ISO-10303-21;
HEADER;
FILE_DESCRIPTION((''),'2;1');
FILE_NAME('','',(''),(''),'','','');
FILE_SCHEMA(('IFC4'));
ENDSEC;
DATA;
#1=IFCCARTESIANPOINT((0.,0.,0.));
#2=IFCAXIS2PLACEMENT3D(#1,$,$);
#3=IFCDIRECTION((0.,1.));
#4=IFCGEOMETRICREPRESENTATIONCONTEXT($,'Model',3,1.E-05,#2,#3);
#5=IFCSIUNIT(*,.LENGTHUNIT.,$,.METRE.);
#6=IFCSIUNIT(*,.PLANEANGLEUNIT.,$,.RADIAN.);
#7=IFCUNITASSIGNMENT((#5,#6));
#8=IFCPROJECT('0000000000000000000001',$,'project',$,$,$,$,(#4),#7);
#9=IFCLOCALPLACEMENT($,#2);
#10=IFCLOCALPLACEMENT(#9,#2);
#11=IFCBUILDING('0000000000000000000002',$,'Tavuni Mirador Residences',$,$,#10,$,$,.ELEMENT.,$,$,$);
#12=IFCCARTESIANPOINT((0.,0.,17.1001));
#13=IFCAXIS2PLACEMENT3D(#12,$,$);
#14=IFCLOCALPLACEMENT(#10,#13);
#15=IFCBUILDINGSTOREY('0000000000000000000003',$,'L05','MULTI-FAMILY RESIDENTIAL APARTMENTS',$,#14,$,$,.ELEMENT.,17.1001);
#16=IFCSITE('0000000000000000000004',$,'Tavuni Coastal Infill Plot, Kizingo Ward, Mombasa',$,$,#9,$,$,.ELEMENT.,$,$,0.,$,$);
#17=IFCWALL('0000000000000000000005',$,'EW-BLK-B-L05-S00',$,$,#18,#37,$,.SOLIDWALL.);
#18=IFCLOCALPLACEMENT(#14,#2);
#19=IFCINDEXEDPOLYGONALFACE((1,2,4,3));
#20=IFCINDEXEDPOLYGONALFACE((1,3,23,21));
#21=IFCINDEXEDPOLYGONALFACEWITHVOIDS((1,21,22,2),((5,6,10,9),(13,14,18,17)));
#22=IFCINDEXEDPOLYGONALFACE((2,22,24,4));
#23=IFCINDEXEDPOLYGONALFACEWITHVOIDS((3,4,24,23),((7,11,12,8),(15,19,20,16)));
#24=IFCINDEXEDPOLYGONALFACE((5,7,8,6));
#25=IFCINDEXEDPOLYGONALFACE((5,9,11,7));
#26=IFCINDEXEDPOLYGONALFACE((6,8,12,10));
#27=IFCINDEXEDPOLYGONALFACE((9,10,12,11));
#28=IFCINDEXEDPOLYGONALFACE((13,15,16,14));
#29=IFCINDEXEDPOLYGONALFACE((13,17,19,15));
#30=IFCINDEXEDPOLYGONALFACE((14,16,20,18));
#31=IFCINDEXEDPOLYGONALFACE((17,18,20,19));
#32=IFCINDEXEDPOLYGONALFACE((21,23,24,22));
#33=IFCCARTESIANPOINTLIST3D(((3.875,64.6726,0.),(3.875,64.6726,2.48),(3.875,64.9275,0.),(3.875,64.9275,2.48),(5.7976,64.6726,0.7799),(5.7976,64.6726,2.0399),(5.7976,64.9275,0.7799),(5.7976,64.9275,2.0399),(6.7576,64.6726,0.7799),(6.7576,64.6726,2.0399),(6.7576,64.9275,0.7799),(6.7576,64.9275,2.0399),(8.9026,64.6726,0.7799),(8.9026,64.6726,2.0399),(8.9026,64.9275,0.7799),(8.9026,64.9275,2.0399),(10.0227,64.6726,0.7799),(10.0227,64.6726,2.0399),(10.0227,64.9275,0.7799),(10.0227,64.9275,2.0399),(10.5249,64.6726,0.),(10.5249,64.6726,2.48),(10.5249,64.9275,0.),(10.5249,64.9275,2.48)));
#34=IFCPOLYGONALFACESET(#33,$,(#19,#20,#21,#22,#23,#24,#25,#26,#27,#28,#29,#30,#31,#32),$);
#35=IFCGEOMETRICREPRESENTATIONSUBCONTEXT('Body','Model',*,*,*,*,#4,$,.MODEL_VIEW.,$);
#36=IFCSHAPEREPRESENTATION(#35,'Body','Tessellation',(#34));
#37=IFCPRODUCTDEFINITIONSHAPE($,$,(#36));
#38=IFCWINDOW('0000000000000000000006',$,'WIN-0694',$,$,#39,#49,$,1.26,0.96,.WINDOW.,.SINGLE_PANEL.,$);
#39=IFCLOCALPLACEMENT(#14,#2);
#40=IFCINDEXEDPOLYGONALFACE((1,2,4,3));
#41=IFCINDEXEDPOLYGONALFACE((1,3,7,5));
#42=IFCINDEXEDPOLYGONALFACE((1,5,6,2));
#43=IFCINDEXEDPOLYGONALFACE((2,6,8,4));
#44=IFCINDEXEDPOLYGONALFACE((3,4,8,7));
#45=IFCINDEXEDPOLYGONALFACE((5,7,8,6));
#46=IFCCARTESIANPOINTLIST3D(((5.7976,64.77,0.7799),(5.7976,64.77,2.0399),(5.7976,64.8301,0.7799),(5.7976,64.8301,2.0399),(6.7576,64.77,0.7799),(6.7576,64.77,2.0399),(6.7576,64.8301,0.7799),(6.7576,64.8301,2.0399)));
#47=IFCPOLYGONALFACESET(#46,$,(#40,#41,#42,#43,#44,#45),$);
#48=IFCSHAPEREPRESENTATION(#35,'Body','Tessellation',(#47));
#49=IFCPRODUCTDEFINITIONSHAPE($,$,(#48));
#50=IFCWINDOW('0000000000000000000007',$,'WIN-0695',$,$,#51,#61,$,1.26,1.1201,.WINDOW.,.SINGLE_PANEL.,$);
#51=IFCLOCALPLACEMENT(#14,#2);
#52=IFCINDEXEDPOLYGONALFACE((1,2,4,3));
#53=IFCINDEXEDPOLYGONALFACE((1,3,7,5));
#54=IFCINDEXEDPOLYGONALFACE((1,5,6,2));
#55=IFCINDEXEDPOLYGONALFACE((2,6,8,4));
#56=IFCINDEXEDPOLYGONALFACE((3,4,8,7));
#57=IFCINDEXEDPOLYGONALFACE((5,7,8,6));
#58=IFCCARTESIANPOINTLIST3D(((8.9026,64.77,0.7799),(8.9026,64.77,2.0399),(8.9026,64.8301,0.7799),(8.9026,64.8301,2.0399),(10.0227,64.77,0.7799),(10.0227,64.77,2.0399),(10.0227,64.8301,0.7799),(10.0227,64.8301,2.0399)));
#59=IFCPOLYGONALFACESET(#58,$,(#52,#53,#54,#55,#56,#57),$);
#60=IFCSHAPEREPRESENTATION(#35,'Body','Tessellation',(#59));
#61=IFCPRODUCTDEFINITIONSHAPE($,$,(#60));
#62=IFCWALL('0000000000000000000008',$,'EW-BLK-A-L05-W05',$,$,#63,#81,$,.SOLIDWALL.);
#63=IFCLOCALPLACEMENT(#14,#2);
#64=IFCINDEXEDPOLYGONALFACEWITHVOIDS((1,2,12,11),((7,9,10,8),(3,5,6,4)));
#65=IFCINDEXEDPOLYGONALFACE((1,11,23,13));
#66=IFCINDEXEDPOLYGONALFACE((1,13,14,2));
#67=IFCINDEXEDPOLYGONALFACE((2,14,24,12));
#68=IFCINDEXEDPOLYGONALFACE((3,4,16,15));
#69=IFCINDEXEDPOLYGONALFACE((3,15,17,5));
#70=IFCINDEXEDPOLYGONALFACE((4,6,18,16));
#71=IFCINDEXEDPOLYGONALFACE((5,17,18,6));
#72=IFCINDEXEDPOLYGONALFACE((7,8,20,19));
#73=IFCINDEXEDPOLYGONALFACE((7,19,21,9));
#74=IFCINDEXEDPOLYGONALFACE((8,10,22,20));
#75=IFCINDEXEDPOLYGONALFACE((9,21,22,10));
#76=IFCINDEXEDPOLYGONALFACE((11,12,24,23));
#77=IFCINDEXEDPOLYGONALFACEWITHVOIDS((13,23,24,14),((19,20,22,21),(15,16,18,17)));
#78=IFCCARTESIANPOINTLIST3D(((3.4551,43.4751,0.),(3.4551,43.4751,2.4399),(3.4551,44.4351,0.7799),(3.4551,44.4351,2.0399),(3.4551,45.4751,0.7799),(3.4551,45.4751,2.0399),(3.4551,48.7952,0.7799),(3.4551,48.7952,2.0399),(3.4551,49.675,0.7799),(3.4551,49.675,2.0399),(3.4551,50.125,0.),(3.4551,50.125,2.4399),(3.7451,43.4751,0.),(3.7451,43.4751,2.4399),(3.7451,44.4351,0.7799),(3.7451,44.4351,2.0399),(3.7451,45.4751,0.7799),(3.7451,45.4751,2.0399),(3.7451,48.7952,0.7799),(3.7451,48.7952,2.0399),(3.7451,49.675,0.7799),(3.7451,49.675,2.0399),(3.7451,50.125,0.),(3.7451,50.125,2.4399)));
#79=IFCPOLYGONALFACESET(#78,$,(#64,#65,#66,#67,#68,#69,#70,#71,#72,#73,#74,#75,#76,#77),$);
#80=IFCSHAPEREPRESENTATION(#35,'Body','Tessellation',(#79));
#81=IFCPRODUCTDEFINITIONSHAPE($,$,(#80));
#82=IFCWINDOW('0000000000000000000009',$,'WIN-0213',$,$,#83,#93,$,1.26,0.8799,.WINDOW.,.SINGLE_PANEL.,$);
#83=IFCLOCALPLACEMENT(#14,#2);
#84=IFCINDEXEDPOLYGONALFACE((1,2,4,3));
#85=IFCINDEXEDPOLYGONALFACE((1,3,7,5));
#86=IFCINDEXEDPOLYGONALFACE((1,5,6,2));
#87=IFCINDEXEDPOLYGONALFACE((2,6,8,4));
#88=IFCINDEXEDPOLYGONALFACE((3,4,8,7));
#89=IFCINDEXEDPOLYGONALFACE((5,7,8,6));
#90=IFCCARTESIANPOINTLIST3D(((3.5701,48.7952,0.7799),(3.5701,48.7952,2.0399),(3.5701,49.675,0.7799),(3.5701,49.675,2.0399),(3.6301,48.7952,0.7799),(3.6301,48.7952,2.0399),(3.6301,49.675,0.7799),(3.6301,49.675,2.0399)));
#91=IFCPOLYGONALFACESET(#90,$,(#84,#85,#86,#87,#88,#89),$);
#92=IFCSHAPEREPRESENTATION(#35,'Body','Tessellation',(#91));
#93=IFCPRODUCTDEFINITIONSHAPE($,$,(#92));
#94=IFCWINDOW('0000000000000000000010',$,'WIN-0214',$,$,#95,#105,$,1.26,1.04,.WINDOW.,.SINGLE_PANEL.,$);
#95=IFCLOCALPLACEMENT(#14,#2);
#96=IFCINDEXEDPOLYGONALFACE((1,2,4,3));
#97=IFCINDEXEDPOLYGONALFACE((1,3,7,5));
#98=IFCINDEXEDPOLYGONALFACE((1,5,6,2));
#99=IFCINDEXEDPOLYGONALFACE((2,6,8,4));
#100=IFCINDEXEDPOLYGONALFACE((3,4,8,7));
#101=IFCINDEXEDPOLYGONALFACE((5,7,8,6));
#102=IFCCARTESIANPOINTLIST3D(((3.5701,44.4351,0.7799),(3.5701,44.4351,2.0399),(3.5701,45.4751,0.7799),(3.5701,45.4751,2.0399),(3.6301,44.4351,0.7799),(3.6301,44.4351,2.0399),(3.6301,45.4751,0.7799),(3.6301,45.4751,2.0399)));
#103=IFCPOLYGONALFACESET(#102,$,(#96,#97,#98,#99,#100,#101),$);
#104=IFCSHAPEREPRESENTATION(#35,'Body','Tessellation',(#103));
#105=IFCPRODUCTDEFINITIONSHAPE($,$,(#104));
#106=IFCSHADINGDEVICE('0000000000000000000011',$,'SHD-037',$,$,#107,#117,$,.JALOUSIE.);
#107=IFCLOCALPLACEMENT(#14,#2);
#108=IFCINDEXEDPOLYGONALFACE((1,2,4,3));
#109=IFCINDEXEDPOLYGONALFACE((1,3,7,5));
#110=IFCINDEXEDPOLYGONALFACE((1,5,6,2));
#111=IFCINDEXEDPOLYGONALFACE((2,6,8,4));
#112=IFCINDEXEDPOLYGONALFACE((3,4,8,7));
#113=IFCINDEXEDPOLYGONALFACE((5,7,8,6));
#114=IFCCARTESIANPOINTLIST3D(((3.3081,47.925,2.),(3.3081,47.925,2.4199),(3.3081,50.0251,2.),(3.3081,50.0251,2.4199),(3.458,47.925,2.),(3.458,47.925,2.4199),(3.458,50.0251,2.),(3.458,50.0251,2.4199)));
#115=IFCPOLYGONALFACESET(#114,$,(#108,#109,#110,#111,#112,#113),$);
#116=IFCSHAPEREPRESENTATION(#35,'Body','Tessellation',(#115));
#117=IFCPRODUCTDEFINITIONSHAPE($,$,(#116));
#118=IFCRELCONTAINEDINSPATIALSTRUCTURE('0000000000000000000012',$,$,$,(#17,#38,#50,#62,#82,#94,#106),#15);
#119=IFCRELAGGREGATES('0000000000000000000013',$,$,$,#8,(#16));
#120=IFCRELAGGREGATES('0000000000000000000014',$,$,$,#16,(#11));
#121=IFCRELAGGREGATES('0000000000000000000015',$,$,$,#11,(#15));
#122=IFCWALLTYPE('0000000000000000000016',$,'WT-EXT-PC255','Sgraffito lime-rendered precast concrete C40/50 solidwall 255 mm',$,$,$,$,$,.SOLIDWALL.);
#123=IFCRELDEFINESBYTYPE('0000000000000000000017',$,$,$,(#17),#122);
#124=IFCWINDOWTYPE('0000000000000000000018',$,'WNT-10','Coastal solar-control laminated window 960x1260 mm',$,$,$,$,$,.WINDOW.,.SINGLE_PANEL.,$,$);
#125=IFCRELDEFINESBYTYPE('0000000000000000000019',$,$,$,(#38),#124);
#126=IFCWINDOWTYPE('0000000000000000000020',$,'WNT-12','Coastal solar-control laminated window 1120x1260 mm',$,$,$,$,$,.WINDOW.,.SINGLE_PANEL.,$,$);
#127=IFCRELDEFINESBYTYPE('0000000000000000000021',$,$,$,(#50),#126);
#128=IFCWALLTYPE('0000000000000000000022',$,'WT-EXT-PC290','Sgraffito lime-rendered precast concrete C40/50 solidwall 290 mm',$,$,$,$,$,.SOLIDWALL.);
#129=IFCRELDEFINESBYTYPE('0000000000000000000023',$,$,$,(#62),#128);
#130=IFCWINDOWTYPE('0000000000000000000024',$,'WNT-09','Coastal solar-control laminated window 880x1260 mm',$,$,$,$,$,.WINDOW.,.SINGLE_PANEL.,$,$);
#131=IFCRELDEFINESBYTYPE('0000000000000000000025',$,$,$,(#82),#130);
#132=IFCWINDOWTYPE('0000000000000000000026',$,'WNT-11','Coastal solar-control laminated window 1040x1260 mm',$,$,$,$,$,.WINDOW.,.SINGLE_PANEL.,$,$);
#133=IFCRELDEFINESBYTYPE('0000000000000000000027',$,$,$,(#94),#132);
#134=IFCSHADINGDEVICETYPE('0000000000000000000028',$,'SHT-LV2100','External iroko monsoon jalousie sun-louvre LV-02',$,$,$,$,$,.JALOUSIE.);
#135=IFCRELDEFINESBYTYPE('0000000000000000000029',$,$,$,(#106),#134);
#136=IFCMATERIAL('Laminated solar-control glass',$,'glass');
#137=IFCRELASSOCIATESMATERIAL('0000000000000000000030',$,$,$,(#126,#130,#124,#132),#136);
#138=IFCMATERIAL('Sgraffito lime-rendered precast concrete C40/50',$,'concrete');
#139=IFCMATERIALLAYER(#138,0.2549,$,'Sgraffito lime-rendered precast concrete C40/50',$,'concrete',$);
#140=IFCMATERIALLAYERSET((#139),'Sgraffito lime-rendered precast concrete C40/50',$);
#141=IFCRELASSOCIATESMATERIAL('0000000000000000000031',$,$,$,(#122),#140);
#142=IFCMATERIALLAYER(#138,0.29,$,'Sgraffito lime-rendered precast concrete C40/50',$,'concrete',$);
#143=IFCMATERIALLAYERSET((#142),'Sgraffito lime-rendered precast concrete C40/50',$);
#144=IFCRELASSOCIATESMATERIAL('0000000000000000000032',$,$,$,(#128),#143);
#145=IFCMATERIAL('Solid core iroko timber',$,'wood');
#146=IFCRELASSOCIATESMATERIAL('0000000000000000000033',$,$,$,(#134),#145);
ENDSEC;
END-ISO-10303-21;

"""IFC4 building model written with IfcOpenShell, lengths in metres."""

from ifc_helpers import new_model, si_unit, direction, frame, frame_2d, origin, origin_2d, place, context, subcontext, project, spatial, rectangle, extrude, material, layer, layer_set, type_object, element, fill, save


model = new_model("IFC4")

# Units and contexts
model_context = context("Model", 3, precision=1e-05, world=origin(), true_north=direction((0.0, 1.0)))
body_context = subcontext(model_context, "Body", "Model", "MODEL_VIEW")
ifc_project = project(units=[si_unit("LENGTHUNIT", "METRE"), si_unit("PLANEANGLEUNIT", "RADIAN")], contexts=[model_context])

# Site, building, storey
site_placement = place(None, origin())
site = spatial("IfcSite", under=ifc_project, at=site_placement, Name="Tavuni Coastal Infill Plot, Kizingo Ward, Mombasa", CompositionType="ELEMENT", RefElevation=0.0)
building_placement = place(site_placement, origin())
building = spatial("IfcBuilding", under=site, at=building_placement, Name="Tavuni Mirador Residences", CompositionType="ELEMENT")
storey_placement = place(building_placement, frame((0.0, 0.0, 17.1001)))
storey = spatial("IfcBuildingStorey", under=building, at=storey_placement, Name="L05", Description="MULTI-FAMILY RESIDENTIAL APARTMENTS", CompositionType="ELEMENT", Elevation=17.1001)

# Walls, openings, windows
ifc_material_1 = material(Name="Sgraffito lime-rendered precast concrete C40/50", Category="concrete")
ifc_material_2 = material(Name="Laminated solar-control glass", Category="glass")
window_type_1 = type_object("IfcWindowType", Name="WNT-12", Description="Coastal solar-control laminated window 1120x1260 mm", PartitioningType="SINGLE_PANEL", PredefinedType="WINDOW", material=ifc_material_2)
ifc_layer_1 = layer(ifc_material_1, 0.2549, Name="Sgraffito lime-rendered precast concrete C40/50", Category="concrete")
ifc_layer_set_1 = layer_set([ifc_layer_1], Name="Sgraffito lime-rendered precast concrete C40/50")
wall_type_1 = type_object("IfcWallType", Name="WT-EXT-PC255", Description="Sgraffito lime-rendered precast concrete C40/50 solidwall 255 mm", PredefinedType="SOLIDWALL", material=ifc_layer_set_1)
window_type_2 = type_object("IfcWindowType", Name="WNT-09", Description="Coastal solar-control laminated window 880x1260 mm", PartitioningType="SINGLE_PANEL", PredefinedType="WINDOW", material=ifc_material_2)
wall_1_placement = place(storey_placement, frame((3.875, 64.8, 0.0), z_axis=(0.0, 0.0, 1.0), x_axis=(1.0, 0.0, 0.0)))
wall_1 = element("IfcWall", 1, at=wall_1_placement, inside=storey, type_object=wall_type_1, Name="EW-BLK-B-L05-S00", PredefinedType="SOLIDWALL", context=body_context, shape_type="SweptSolid", body=[
    extrude(rectangle(XDim=6.6499, YDim=0.2549, at=frame_2d((3.325, 0.0))), origin(), (0.0, 0.0, 1.0), 2.48),
])
opening_1_placement = place(wall_1_placement, frame((1.9226, 0.0, 0.78)))
opening_1 = element("IfcOpeningElement", 2, at=opening_1_placement, cuts=wall_1, PredefinedType="OPENING", context=body_context, shape_type="SweptSolid", body=[
    extrude(rectangle(XDim=0.96, YDim=1.26, at=frame_2d((0.48, 0.6299))), frame((0.0, 0.1375, 0.0), z_axis=(0.0, -1.0, 0.0), x_axis=(1.0, 0.0, 0.0)), (0.0, 0.0, 1.0), 0.2749),
])
opening_2_placement = place(wall_1_placement, frame((5.0276, 0.0, 0.78)))
opening_2 = element("IfcOpeningElement", 3, at=opening_2_placement, cuts=wall_1, PredefinedType="OPENING", context=body_context, shape_type="SweptSolid", body=[
    extrude(rectangle(XDim=1.1201, YDim=1.26, at=frame_2d((0.5601, 0.6299))), frame((0.0, 0.1375, 0.0), z_axis=(0.0, -1.0, 0.0), x_axis=(1.0, 0.0, 0.0)), (0.0, 0.0, 1.0), 0.2749),
])
window_type_3 = type_object("IfcWindowType", Name="WNT-10", Description="Coastal solar-control laminated window 960x1260 mm", PartitioningType="SINGLE_PANEL", PredefinedType="WINDOW", material=ifc_material_2)
window_1_placement = place(opening_1_placement, origin())
window_1 = element("IfcWindow", 4, at=window_1_placement, inside=storey, type_object=window_type_3, Name="WIN-0694", OverallHeight=1.26, OverallWidth=0.96, PartitioningType="SINGLE_PANEL", PredefinedType="WINDOW", context=body_context, shape_type="SweptSolid", body=[
    extrude(rectangle(XDim=0.96, YDim=1.26, at=frame_2d((0.48, 0.6299))), frame((0.0, 0.03, 0.0), z_axis=(0.0, -1.0, 0.0), x_axis=(1.0, 0.0, 0.0)), (0.0, 0.0, 1.0), 0.0601),
])
fill(opening_1, window_1)
window_2_placement = place(opening_2_placement, origin())
window_2 = element("IfcWindow", 5, at=window_2_placement, inside=storey, type_object=window_type_1, Name="WIN-0695", OverallHeight=1.26, OverallWidth=1.1201, PartitioningType="SINGLE_PANEL", PredefinedType="WINDOW", context=body_context, shape_type="SweptSolid", body=[
    extrude(rectangle(XDim=1.1201, YDim=1.26, at=frame_2d((0.5601, 0.6299))), frame((0.0, 0.03, 0.0), z_axis=(0.0, -1.0, 0.0), x_axis=(1.0, 0.0, 0.0)), (0.0, 0.0, 1.0), 0.0601),
])
fill(opening_2, window_2)
ifc_layer_2 = layer(ifc_material_1, 0.29, Name="Sgraffito lime-rendered precast concrete C40/50", Category="concrete")
ifc_layer_set_2 = layer_set([ifc_layer_2], Name="Sgraffito lime-rendered precast concrete C40/50")
wall_type_2 = type_object("IfcWallType", Name="WT-EXT-PC290", Description="Sgraffito lime-rendered precast concrete C40/50 solidwall 290 mm", PredefinedType="SOLIDWALL", material=ifc_layer_set_2)
wall_2_placement = place(storey_placement, frame((3.6001, 50.125, 0.0), z_axis=(0.0, 0.0, 1.0), x_axis=(0.0, -1.0, 0.0)))
wall_2 = element("IfcWall", 6, at=wall_2_placement, inside=storey, type_object=wall_type_2, Name="EW-BLK-A-L05-W05", PredefinedType="SOLIDWALL", context=body_context, shape_type="SweptSolid", body=[
    extrude(rectangle(XDim=6.6499, YDim=0.29, at=frame_2d((3.325, 0.0))), origin(), (0.0, 0.0, 1.0), 2.4399),
])
opening_3_placement = place(wall_2_placement, frame((0.45, 0.0, 0.78)))
opening_3 = element("IfcOpeningElement", 7, at=opening_3_placement, cuts=wall_2, PredefinedType="OPENING", context=body_context, shape_type="SweptSolid", body=[
    extrude(rectangle(XDim=0.8799, YDim=1.26, at=frame_2d((0.4399, 0.6299))), frame((0.0, 0.155, 0.0), z_axis=(0.0, -1.0, 0.0), x_axis=(1.0, 0.0, 0.0)), (0.0, 0.0, 1.0), 0.3101),
])
opening_4_placement = place(wall_2_placement, frame((4.6499, 0.0, 0.78)))
opening_4 = element("IfcOpeningElement", 8, at=opening_4_placement, cuts=wall_2, PredefinedType="OPENING", context=body_context, shape_type="SweptSolid", body=[
    extrude(rectangle(XDim=1.04, YDim=1.26, at=frame_2d((0.52, 0.6299))), frame((0.0, 0.155, 0.0), z_axis=(0.0, -1.0, 0.0), x_axis=(1.0, 0.0, 0.0)), (0.0, 0.0, 1.0), 0.3101),
])
window_3_placement = place(opening_3_placement, origin())
window_3 = element("IfcWindow", 9, at=window_3_placement, inside=storey, type_object=window_type_2, Name="WIN-0213", OverallHeight=1.26, OverallWidth=0.8799, PartitioningType="SINGLE_PANEL", PredefinedType="WINDOW", context=body_context, shape_type="SweptSolid", body=[
    extrude(rectangle(XDim=0.8799, YDim=1.26, at=frame_2d((0.4399, 0.6299))), frame((0.0, 0.03, 0.0), z_axis=(0.0, -1.0, 0.0), x_axis=(1.0, 0.0, 0.0)), (0.0, 0.0, 1.0), 0.0601),
])
fill(opening_3, window_3)
window_type_4 = type_object("IfcWindowType", Name="WNT-11", Description="Coastal solar-control laminated window 1040x1260 mm", PartitioningType="SINGLE_PANEL", PredefinedType="WINDOW", material=ifc_material_2)
window_4_placement = place(opening_4_placement, origin())
window_4 = element("IfcWindow", 10, at=window_4_placement, inside=storey, type_object=window_type_4, Name="WIN-0214", OverallHeight=1.26, OverallWidth=1.04, PartitioningType="SINGLE_PANEL", PredefinedType="WINDOW", context=body_context, shape_type="SweptSolid", body=[
    extrude(rectangle(XDim=1.04, YDim=1.26, at=frame_2d((0.52, 0.6299))), frame((0.0, 0.03, 0.0), z_axis=(0.0, -1.0, 0.0), x_axis=(1.0, 0.0, 0.0)), (0.0, 0.0, 1.0), 0.0601),
])
fill(opening_4, window_4)

# Shading device
ifc_material_3 = material(Name="Solid core iroko timber", Category="wood")
shading_device_type = type_object("IfcShadingDeviceType", Name="SHT-LV2100", Description="External iroko monsoon jalousie sun-louvre LV-02", PredefinedType="JALOUSIE", material=ifc_material_3)
shading_device_placement = place(storey_placement, frame((3.3831, 48.9751, 2.0), z_axis=(0.0, 0.0, 1.0), x_axis=(0.0, -1.0, 0.0)))
element("IfcShadingDevice", 11, at=shading_device_placement, inside=storey, type_object=shading_device_type, Name="SHD-037", PredefinedType="JALOUSIE", context=body_context, shape_type="SweptSolid", body=[
    extrude(rectangle(XDim=2.1001, YDim=0.1499, at=origin_2d()), origin(), (0.0, 0.0, 1.0), 0.4199),
])

save(model, "model.ifc")
